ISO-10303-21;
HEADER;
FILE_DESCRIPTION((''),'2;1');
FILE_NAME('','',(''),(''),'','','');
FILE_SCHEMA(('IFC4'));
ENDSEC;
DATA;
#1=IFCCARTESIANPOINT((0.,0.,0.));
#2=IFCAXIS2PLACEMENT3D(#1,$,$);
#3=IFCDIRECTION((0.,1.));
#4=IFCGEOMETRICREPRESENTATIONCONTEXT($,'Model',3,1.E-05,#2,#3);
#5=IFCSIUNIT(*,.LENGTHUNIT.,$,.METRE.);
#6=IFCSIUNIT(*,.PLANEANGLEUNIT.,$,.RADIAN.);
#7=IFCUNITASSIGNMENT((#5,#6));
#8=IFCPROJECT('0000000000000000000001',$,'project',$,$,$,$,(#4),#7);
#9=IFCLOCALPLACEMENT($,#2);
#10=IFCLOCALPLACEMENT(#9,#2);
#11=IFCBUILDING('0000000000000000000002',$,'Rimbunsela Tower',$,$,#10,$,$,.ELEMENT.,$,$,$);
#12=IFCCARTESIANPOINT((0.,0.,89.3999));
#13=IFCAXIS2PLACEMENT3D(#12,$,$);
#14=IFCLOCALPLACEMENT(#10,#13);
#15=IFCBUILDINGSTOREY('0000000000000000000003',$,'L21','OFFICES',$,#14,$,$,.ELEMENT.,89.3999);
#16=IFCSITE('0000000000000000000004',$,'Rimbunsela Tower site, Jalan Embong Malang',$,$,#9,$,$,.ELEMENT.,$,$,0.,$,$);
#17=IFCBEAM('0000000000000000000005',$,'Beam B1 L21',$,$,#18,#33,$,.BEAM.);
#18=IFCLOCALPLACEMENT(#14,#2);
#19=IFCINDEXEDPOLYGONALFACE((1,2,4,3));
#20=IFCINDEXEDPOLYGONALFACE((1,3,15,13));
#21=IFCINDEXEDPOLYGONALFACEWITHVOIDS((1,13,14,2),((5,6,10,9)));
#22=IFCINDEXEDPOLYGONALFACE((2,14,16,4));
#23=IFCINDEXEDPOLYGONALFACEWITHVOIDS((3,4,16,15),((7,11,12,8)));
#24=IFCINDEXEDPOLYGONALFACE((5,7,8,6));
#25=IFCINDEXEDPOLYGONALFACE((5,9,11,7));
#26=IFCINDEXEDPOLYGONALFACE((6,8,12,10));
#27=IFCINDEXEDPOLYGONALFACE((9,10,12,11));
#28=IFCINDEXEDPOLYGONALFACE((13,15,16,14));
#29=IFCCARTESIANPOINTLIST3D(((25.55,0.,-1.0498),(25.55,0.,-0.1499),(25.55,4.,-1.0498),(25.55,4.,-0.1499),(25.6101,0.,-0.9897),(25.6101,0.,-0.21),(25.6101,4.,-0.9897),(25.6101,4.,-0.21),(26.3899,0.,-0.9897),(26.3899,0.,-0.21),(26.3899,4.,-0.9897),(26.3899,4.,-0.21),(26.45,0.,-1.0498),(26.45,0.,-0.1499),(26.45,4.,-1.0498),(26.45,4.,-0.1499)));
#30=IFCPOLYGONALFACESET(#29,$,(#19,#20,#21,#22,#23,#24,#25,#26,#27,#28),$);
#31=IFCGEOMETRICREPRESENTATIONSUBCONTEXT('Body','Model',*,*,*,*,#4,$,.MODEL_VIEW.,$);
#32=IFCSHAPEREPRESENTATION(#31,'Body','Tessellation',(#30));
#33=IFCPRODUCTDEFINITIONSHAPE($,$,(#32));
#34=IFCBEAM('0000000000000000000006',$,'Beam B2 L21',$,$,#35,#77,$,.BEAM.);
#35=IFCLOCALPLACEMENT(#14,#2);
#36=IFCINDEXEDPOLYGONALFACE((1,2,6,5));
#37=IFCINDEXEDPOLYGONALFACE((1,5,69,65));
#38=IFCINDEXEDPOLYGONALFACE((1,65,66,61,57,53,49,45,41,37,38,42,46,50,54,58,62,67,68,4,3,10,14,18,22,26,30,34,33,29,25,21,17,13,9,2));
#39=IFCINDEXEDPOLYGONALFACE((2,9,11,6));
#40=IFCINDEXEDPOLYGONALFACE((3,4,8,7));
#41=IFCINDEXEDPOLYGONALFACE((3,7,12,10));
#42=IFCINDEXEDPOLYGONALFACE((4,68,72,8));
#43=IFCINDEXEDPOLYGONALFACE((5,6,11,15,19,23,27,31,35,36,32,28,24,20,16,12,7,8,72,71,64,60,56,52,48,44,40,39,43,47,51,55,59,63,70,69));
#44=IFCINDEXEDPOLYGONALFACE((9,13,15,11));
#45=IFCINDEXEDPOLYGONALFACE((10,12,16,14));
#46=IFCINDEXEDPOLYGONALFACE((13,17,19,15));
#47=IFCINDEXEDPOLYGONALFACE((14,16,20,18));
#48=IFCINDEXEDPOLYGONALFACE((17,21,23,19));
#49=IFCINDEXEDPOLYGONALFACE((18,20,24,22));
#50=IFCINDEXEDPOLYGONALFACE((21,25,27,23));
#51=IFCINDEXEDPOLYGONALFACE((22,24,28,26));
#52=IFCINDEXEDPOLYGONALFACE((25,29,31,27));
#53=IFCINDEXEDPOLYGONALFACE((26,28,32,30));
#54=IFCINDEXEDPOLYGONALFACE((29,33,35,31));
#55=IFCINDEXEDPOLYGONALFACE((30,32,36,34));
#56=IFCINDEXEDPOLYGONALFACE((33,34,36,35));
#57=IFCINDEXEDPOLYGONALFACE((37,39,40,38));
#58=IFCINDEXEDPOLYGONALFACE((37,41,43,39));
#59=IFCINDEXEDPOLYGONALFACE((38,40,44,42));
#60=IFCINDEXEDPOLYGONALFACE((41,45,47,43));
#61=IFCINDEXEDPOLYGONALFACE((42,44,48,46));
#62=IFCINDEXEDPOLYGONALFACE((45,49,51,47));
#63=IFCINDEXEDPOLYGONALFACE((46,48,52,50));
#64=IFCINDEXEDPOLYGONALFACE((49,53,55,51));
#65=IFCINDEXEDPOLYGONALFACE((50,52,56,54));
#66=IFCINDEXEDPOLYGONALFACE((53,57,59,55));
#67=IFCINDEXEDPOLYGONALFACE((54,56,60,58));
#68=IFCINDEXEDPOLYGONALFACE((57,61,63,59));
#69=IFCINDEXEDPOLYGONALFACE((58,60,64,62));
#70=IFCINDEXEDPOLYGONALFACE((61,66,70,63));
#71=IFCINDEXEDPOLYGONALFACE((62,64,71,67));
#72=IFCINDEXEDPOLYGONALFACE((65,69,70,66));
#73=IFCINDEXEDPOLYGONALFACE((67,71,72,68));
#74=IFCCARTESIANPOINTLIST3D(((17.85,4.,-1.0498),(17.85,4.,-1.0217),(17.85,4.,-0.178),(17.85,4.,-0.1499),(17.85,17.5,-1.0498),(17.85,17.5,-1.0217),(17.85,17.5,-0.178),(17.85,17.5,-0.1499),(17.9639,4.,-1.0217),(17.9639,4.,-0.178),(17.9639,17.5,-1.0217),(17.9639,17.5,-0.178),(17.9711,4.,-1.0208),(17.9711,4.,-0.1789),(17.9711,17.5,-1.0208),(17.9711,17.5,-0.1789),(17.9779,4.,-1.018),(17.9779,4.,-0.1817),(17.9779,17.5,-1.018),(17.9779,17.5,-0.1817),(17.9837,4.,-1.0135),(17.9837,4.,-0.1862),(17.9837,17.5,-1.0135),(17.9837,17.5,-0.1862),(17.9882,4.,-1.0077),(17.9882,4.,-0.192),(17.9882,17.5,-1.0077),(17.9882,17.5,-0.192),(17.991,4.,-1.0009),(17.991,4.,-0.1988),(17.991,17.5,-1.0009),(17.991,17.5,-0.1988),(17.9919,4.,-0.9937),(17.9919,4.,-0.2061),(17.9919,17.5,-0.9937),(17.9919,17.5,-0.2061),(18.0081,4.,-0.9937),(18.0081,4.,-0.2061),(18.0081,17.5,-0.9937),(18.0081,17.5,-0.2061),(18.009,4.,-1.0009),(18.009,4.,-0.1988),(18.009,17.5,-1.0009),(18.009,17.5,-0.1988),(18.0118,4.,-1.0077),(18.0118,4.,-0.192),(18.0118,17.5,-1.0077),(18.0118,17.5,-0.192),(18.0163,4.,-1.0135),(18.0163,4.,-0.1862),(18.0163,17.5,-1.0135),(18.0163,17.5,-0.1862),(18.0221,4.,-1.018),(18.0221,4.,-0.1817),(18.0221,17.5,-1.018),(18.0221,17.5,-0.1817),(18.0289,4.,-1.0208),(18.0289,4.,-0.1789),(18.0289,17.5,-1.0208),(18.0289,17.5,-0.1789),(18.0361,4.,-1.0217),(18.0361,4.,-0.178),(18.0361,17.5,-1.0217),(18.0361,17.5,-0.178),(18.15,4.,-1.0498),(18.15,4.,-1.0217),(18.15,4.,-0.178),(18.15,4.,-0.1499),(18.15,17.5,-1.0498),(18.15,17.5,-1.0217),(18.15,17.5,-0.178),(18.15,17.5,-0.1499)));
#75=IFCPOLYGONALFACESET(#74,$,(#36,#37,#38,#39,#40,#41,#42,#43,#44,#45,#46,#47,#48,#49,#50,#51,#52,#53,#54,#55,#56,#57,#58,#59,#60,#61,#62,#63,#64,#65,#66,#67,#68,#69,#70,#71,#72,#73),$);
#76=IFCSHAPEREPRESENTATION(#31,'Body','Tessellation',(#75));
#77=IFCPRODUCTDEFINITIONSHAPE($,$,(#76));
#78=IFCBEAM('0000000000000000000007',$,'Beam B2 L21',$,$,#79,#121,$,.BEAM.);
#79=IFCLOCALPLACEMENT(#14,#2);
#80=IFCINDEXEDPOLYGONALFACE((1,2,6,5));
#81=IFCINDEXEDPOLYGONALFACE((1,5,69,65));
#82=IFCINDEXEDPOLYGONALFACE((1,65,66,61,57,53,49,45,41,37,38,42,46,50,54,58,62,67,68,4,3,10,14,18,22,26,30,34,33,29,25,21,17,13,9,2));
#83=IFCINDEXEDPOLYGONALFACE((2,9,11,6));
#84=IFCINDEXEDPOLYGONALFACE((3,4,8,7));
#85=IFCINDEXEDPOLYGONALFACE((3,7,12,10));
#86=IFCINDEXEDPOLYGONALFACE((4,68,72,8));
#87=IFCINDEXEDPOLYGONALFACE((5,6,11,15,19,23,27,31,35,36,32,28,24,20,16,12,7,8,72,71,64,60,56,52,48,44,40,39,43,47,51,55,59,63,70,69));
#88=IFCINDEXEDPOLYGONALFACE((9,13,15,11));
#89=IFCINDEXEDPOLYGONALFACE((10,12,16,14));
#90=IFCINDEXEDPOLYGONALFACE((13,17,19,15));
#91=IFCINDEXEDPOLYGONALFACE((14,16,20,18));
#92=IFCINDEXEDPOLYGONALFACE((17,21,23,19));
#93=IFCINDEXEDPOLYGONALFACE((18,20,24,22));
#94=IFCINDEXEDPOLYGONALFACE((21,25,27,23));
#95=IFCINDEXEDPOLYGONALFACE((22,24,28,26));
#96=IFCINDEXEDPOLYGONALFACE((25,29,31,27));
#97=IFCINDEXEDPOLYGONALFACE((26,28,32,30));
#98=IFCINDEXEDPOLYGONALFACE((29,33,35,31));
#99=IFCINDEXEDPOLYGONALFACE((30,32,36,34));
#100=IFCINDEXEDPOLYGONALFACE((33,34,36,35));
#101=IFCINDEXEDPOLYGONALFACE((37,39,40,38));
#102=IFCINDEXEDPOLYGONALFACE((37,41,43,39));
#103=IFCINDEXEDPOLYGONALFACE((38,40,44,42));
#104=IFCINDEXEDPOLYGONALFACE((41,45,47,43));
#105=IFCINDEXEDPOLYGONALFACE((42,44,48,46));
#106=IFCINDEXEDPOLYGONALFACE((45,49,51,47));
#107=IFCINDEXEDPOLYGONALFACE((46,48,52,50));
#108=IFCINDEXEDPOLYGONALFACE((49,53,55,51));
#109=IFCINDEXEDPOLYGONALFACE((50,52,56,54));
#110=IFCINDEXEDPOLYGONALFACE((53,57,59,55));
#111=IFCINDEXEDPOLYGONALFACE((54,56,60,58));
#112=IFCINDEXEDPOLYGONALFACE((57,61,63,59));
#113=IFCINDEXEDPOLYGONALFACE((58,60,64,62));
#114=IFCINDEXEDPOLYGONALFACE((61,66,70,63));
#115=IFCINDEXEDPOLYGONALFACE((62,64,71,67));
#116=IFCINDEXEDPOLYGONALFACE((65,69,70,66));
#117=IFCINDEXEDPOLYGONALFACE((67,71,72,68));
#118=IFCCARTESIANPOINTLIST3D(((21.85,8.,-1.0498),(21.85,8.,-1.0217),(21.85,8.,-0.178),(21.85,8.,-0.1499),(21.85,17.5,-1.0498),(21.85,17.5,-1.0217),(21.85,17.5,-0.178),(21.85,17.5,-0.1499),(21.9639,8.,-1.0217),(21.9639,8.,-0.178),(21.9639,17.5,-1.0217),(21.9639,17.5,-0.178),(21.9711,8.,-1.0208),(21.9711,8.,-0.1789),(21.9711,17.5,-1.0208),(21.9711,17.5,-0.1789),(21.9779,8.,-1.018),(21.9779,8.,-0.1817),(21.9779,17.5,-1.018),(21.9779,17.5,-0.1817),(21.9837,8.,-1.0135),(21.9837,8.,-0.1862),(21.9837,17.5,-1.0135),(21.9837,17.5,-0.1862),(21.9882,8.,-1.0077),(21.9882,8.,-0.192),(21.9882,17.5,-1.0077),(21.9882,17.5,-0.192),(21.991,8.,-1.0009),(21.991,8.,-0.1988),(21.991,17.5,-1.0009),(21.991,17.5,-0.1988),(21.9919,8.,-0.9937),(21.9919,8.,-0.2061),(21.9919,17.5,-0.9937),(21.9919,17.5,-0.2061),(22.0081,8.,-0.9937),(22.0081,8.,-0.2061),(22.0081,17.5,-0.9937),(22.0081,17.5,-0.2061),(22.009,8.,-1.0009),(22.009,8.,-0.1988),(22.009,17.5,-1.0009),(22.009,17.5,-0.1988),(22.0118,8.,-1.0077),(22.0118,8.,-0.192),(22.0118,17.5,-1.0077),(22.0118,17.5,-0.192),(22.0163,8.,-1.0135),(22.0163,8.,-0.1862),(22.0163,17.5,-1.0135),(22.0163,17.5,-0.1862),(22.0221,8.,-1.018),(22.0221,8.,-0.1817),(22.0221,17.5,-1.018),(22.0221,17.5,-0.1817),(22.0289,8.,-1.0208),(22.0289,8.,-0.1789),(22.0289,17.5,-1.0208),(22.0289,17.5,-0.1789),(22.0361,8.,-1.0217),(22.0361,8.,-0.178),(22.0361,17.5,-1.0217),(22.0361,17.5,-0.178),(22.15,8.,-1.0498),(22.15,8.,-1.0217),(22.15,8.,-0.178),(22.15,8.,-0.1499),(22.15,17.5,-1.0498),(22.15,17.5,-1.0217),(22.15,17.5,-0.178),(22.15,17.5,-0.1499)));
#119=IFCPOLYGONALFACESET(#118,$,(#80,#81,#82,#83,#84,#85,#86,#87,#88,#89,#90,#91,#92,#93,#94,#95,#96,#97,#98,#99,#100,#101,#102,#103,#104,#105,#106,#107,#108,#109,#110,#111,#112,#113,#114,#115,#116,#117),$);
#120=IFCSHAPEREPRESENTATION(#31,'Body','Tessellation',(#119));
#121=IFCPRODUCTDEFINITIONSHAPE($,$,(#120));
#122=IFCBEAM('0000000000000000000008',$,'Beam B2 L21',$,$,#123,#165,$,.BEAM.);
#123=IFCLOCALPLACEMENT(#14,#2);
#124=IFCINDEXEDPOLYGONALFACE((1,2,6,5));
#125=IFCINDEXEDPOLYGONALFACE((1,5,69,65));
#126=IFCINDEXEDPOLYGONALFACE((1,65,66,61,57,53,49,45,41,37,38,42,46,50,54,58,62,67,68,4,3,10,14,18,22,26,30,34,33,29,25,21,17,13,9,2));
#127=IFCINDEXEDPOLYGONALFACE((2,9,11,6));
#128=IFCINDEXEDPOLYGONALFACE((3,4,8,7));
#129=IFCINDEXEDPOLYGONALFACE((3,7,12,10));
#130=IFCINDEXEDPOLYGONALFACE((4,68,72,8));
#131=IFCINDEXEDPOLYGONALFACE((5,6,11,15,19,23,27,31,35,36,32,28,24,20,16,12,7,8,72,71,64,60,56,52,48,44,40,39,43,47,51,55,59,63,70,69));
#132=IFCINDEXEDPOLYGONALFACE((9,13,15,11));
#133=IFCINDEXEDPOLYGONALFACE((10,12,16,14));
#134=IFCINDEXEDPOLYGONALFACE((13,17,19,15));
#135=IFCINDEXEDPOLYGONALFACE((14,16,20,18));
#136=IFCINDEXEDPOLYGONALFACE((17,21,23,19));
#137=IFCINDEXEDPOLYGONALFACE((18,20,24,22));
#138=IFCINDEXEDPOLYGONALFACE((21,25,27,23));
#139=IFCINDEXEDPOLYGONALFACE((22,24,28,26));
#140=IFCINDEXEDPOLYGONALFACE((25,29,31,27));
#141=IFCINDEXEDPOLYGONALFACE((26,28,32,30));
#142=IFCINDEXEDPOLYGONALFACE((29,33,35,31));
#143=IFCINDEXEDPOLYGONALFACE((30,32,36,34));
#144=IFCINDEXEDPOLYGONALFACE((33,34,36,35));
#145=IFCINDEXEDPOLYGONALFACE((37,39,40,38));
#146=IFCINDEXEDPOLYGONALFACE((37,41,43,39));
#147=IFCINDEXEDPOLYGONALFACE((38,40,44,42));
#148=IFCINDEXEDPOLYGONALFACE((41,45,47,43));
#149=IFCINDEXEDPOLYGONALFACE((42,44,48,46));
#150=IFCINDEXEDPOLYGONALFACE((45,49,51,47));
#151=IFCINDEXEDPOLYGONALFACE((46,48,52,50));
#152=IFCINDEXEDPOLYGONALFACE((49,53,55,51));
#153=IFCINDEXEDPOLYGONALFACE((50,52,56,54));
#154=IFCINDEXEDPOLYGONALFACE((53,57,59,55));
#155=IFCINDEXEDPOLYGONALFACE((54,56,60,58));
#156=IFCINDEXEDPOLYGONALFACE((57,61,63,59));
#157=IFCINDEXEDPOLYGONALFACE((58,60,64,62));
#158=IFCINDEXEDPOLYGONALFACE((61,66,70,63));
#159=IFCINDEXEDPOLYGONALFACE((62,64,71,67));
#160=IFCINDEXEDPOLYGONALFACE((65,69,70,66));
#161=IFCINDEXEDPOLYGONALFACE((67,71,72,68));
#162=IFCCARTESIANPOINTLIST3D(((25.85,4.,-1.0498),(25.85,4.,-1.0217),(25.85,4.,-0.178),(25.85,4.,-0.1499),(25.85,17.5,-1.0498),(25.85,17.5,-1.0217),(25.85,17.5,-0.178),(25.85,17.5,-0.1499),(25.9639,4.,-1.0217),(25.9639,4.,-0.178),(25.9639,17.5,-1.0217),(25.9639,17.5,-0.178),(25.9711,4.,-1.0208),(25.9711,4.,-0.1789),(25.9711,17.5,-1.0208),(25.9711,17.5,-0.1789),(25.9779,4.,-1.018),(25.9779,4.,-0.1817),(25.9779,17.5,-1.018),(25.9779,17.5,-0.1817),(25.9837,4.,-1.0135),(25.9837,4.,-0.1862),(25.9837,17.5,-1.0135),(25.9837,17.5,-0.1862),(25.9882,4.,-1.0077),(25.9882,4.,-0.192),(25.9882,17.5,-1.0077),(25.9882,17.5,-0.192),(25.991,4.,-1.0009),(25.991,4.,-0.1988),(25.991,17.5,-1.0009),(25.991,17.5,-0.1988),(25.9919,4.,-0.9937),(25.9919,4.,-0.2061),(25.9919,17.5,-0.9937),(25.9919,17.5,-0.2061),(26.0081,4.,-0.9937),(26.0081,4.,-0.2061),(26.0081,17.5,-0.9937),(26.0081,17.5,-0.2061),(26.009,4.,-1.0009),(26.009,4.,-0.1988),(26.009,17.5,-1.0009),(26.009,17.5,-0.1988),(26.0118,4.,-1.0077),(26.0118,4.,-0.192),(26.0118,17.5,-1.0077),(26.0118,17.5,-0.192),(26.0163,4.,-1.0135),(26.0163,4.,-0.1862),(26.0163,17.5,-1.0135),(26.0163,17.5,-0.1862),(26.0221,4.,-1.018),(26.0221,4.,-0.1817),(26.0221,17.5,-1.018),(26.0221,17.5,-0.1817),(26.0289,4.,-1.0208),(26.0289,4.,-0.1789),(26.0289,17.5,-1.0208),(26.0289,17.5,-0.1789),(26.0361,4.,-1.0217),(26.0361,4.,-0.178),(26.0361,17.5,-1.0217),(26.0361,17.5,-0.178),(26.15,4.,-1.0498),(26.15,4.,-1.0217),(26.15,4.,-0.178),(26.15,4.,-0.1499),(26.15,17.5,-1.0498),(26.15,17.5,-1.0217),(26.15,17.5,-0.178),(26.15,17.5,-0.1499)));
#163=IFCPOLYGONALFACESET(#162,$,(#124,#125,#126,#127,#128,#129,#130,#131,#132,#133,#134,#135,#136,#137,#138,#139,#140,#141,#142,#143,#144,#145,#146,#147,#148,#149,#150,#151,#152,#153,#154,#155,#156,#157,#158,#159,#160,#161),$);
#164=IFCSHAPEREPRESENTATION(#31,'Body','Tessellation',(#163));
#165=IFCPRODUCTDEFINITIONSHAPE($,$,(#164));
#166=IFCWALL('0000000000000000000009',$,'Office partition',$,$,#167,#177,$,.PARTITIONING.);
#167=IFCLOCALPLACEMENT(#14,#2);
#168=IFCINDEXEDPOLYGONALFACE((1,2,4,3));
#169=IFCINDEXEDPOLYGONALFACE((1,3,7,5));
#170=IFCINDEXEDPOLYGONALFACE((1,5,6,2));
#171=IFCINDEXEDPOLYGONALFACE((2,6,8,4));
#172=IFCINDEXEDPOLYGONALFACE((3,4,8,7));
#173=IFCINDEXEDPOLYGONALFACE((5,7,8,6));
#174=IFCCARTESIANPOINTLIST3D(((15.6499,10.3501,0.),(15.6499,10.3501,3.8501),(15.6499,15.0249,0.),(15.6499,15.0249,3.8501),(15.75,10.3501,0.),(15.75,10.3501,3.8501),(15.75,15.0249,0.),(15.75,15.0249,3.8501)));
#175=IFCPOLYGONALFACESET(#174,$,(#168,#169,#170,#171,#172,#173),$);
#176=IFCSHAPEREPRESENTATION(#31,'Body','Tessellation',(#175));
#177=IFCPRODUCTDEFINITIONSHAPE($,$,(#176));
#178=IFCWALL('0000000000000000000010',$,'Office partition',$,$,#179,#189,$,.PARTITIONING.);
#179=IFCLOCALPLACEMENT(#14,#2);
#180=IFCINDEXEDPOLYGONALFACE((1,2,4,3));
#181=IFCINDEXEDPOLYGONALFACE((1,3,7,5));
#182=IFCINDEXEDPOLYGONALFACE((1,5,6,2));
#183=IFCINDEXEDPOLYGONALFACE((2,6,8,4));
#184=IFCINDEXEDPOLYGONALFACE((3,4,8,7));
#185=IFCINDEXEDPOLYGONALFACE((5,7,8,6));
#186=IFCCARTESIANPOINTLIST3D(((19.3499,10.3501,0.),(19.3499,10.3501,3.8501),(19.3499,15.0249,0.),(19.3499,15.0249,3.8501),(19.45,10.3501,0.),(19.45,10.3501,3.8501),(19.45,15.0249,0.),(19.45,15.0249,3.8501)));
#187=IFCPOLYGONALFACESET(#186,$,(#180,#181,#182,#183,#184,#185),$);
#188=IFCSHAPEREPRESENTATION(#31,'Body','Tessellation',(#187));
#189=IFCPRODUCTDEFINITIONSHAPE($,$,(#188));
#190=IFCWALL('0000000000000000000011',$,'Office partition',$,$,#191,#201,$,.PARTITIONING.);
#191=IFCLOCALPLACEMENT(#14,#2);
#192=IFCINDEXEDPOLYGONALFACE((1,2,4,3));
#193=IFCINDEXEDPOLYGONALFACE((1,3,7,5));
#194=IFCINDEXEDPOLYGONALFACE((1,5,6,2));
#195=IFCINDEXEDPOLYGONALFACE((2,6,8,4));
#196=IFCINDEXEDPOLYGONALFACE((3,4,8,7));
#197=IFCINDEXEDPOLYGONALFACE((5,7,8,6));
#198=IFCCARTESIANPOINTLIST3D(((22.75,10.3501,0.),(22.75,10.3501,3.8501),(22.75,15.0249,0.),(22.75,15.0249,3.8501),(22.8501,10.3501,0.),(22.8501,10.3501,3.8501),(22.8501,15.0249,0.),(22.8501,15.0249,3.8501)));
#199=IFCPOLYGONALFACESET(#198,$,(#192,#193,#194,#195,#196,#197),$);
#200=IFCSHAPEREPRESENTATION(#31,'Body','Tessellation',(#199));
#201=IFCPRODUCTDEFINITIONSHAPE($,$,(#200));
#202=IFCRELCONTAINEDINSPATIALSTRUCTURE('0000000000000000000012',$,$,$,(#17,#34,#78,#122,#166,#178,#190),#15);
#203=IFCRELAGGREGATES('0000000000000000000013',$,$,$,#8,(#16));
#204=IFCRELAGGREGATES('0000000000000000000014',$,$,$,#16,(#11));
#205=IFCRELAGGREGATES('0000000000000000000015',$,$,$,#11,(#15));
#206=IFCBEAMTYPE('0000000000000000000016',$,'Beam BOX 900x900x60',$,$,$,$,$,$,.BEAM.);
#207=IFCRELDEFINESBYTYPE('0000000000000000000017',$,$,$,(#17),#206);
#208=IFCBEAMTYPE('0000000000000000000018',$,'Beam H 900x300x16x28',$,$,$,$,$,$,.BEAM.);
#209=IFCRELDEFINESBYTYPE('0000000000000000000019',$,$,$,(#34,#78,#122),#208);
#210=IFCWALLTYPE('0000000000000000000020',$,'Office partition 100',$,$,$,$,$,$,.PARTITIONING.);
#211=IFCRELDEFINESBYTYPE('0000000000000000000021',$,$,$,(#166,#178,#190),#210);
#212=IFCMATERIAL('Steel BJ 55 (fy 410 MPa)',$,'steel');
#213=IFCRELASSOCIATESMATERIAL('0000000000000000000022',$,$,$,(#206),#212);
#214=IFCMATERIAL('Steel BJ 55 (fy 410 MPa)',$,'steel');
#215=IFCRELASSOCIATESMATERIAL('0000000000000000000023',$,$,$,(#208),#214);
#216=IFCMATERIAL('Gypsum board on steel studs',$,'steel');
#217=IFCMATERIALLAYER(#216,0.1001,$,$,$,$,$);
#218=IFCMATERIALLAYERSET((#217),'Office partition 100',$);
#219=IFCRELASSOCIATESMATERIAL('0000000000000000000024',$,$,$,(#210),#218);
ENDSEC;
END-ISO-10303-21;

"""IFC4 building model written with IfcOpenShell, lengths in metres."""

from ifc_helpers import new_model, si_unit, direction, frame, frame_2d, origin, origin_2d, place, context, subcontext, project, spatial, rectangle, hollow_rectangle, i_section, extrude, material, layer, layer_set, material_profile, profile_set, type_object, element, save


model = new_model("IFC4")

# Units and contexts
model_context = context("Model", 3, precision=1e-05, world=origin(), true_north=direction((0.0, 1.0)))
body_context = subcontext(model_context, "Body", "Model", "MODEL_VIEW")
ifc_project = project(units=[si_unit("LENGTHUNIT", "METRE"), si_unit("PLANEANGLEUNIT", "RADIAN")], contexts=[model_context])

# Site, building, storey
site_placement = place(None, origin())
site = spatial("IfcSite", under=ifc_project, at=site_placement, Name="Rimbunsela Tower site, Jalan Embong Malang", CompositionType="ELEMENT", RefElevation=0.0)
building_placement = place(site_placement, origin())
building = spatial("IfcBuilding", under=site, at=building_placement, Name="Rimbunsela Tower", CompositionType="ELEMENT")
storey_placement = place(building_placement, frame((0.0, 0.0, 89.3999)))
storey = spatial("IfcBuildingStorey", under=building, at=storey_placement, Name="L21", Description="OFFICES", CompositionType="ELEMENT", Elevation=89.3999)

# Beams
ifc_material_1 = material(Name="Steel BJ 55 (fy 410 MPa)", Category="steel")
ifc_material_profile_1 = material_profile(ifc_material_1, hollow_rectangle(XDim=0.8999, YDim=0.8999, WallThickness=0.0601, at=origin_2d()), Name="BOX 900x900x60")
ifc_profile_set_1 = profile_set([ifc_material_profile_1], Name="Steel BJ 55 (fy 410 MPa)")
beam_type_1 = type_object("IfcBeamType", Name="Beam BOX 900x900x60", PredefinedType="BEAM", material=ifc_profile_set_1)
beam_1_placement = place(storey_placement, frame((26.0, 0.0, -0.5999), z_axis=(0.0, 1.0, 0.0), x_axis=(-1.0, 0.0, 0.0)))
element("IfcBeam", 1, at=beam_1_placement, inside=storey, type_object=beam_type_1, Name="Beam B1 L21", PredefinedType="BEAM", context=body_context, shape_type="SweptSolid", body=[
    extrude(hollow_rectangle(XDim=0.8999, YDim=0.8999, WallThickness=0.0601, at=origin_2d()), origin(), (0.0, 0.0, 1.0), 4.0),
])
ifc_material_2 = material(Name="Steel BJ 55 (fy 410 MPa)", Category="steel")
ifc_material_profile_2 = material_profile(ifc_material_2, i_section(OverallWidth=0.3, OverallDepth=0.8999, WebThickness=0.0161, FlangeThickness=0.0281, FilletRadius=0.0281, at=origin_2d()), Name="H 900x300x16x28")
ifc_profile_set_2 = profile_set([ifc_material_profile_2], Name="Steel BJ 55 (fy 410 MPa)")
beam_type_2 = type_object("IfcBeamType", Name="Beam H 900x300x16x28", PredefinedType="BEAM", material=ifc_profile_set_2)
beam_2_placement = place(storey_placement, frame((18.0, 4.0, -0.5999), z_axis=(0.0, 1.0, 0.0), x_axis=(-1.0, 0.0, 0.0)))
element("IfcBeam", 2, at=beam_2_placement, inside=storey, type_object=beam_type_2, Name="Beam B2 L21", PredefinedType="BEAM", context=body_context, shape_type="SweptSolid", body=[
    extrude(i_section(OverallWidth=0.3, OverallDepth=0.8999, WebThickness=0.0161, FlangeThickness=0.0281, FilletRadius=0.0281, at=origin_2d()), origin(), (0.0, 0.0, 1.0), 13.5),
])
beam_3_placement = place(storey_placement, frame((22.0, 8.0, -0.5999), z_axis=(0.0, 1.0, 0.0), x_axis=(-1.0, 0.0, 0.0)))
element("IfcBeam", 3, at=beam_3_placement, inside=storey, type_object=beam_type_2, Name="Beam B2 L21", PredefinedType="BEAM", context=body_context, shape_type="SweptSolid", body=[
    extrude(i_section(OverallWidth=0.3, OverallDepth=0.8999, WebThickness=0.0161, FlangeThickness=0.0281, FilletRadius=0.0281, at=origin_2d()), origin(), (0.0, 0.0, 1.0), 9.5),
])
beam_4_placement = place(storey_placement, frame((26.0, 4.0, -0.5999), z_axis=(0.0, 1.0, 0.0), x_axis=(-1.0, 0.0, 0.0)))
element("IfcBeam", 4, at=beam_4_placement, inside=storey, type_object=beam_type_2, Name="Beam B2 L21", PredefinedType="BEAM", context=body_context, shape_type="SweptSolid", body=[
    extrude(i_section(OverallWidth=0.3, OverallDepth=0.8999, WebThickness=0.0161, FlangeThickness=0.0281, FilletRadius=0.0281, at=origin_2d()), origin(), (0.0, 0.0, 1.0), 13.5),
])

# Walls
ifc_material_3 = material(Name="Gypsum board on steel studs", Category="steel")
ifc_layer_1 = layer(ifc_material_3, 0.1001)
ifc_layer_set_1 = layer_set([ifc_layer_1], Name="Office partition 100")
wall_type_1 = type_object("IfcWallType", Name="Office partition 100", PredefinedType="PARTITIONING", material=ifc_layer_set_1)
for number, where, z_axis, x_axis, name in (
    (5, (15.7, 10.3501, 0.0), (0.0, 0.0, 1.0), (0.0, 1.0, 0.0), "Office partition"),
    (6, (19.3999, 10.3501, 0.0), (0.0, 0.0, 1.0), (0.0, 1.0, 0.0), "Office partition"),
    (7, (22.8, 10.3501, 0.0), (0.0, 0.0, 1.0), (0.0, 1.0, 0.0), "Office partition"),
):
    element("IfcWall", number, at=place(storey_placement, frame(where, z_axis=z_axis, x_axis=x_axis)), inside=storey, type_object=wall_type_1, Name=name, PredefinedType="PARTITIONING", context=body_context, shape_type="SweptSolid", body=[
        extrude(rectangle(XDim=4.6748, YDim=0.1001, at=frame_2d((2.3374, 0.0))), origin(), (0.0, 0.0, 1.0), 3.8501),
    ])

save(model, "model.ifc")
